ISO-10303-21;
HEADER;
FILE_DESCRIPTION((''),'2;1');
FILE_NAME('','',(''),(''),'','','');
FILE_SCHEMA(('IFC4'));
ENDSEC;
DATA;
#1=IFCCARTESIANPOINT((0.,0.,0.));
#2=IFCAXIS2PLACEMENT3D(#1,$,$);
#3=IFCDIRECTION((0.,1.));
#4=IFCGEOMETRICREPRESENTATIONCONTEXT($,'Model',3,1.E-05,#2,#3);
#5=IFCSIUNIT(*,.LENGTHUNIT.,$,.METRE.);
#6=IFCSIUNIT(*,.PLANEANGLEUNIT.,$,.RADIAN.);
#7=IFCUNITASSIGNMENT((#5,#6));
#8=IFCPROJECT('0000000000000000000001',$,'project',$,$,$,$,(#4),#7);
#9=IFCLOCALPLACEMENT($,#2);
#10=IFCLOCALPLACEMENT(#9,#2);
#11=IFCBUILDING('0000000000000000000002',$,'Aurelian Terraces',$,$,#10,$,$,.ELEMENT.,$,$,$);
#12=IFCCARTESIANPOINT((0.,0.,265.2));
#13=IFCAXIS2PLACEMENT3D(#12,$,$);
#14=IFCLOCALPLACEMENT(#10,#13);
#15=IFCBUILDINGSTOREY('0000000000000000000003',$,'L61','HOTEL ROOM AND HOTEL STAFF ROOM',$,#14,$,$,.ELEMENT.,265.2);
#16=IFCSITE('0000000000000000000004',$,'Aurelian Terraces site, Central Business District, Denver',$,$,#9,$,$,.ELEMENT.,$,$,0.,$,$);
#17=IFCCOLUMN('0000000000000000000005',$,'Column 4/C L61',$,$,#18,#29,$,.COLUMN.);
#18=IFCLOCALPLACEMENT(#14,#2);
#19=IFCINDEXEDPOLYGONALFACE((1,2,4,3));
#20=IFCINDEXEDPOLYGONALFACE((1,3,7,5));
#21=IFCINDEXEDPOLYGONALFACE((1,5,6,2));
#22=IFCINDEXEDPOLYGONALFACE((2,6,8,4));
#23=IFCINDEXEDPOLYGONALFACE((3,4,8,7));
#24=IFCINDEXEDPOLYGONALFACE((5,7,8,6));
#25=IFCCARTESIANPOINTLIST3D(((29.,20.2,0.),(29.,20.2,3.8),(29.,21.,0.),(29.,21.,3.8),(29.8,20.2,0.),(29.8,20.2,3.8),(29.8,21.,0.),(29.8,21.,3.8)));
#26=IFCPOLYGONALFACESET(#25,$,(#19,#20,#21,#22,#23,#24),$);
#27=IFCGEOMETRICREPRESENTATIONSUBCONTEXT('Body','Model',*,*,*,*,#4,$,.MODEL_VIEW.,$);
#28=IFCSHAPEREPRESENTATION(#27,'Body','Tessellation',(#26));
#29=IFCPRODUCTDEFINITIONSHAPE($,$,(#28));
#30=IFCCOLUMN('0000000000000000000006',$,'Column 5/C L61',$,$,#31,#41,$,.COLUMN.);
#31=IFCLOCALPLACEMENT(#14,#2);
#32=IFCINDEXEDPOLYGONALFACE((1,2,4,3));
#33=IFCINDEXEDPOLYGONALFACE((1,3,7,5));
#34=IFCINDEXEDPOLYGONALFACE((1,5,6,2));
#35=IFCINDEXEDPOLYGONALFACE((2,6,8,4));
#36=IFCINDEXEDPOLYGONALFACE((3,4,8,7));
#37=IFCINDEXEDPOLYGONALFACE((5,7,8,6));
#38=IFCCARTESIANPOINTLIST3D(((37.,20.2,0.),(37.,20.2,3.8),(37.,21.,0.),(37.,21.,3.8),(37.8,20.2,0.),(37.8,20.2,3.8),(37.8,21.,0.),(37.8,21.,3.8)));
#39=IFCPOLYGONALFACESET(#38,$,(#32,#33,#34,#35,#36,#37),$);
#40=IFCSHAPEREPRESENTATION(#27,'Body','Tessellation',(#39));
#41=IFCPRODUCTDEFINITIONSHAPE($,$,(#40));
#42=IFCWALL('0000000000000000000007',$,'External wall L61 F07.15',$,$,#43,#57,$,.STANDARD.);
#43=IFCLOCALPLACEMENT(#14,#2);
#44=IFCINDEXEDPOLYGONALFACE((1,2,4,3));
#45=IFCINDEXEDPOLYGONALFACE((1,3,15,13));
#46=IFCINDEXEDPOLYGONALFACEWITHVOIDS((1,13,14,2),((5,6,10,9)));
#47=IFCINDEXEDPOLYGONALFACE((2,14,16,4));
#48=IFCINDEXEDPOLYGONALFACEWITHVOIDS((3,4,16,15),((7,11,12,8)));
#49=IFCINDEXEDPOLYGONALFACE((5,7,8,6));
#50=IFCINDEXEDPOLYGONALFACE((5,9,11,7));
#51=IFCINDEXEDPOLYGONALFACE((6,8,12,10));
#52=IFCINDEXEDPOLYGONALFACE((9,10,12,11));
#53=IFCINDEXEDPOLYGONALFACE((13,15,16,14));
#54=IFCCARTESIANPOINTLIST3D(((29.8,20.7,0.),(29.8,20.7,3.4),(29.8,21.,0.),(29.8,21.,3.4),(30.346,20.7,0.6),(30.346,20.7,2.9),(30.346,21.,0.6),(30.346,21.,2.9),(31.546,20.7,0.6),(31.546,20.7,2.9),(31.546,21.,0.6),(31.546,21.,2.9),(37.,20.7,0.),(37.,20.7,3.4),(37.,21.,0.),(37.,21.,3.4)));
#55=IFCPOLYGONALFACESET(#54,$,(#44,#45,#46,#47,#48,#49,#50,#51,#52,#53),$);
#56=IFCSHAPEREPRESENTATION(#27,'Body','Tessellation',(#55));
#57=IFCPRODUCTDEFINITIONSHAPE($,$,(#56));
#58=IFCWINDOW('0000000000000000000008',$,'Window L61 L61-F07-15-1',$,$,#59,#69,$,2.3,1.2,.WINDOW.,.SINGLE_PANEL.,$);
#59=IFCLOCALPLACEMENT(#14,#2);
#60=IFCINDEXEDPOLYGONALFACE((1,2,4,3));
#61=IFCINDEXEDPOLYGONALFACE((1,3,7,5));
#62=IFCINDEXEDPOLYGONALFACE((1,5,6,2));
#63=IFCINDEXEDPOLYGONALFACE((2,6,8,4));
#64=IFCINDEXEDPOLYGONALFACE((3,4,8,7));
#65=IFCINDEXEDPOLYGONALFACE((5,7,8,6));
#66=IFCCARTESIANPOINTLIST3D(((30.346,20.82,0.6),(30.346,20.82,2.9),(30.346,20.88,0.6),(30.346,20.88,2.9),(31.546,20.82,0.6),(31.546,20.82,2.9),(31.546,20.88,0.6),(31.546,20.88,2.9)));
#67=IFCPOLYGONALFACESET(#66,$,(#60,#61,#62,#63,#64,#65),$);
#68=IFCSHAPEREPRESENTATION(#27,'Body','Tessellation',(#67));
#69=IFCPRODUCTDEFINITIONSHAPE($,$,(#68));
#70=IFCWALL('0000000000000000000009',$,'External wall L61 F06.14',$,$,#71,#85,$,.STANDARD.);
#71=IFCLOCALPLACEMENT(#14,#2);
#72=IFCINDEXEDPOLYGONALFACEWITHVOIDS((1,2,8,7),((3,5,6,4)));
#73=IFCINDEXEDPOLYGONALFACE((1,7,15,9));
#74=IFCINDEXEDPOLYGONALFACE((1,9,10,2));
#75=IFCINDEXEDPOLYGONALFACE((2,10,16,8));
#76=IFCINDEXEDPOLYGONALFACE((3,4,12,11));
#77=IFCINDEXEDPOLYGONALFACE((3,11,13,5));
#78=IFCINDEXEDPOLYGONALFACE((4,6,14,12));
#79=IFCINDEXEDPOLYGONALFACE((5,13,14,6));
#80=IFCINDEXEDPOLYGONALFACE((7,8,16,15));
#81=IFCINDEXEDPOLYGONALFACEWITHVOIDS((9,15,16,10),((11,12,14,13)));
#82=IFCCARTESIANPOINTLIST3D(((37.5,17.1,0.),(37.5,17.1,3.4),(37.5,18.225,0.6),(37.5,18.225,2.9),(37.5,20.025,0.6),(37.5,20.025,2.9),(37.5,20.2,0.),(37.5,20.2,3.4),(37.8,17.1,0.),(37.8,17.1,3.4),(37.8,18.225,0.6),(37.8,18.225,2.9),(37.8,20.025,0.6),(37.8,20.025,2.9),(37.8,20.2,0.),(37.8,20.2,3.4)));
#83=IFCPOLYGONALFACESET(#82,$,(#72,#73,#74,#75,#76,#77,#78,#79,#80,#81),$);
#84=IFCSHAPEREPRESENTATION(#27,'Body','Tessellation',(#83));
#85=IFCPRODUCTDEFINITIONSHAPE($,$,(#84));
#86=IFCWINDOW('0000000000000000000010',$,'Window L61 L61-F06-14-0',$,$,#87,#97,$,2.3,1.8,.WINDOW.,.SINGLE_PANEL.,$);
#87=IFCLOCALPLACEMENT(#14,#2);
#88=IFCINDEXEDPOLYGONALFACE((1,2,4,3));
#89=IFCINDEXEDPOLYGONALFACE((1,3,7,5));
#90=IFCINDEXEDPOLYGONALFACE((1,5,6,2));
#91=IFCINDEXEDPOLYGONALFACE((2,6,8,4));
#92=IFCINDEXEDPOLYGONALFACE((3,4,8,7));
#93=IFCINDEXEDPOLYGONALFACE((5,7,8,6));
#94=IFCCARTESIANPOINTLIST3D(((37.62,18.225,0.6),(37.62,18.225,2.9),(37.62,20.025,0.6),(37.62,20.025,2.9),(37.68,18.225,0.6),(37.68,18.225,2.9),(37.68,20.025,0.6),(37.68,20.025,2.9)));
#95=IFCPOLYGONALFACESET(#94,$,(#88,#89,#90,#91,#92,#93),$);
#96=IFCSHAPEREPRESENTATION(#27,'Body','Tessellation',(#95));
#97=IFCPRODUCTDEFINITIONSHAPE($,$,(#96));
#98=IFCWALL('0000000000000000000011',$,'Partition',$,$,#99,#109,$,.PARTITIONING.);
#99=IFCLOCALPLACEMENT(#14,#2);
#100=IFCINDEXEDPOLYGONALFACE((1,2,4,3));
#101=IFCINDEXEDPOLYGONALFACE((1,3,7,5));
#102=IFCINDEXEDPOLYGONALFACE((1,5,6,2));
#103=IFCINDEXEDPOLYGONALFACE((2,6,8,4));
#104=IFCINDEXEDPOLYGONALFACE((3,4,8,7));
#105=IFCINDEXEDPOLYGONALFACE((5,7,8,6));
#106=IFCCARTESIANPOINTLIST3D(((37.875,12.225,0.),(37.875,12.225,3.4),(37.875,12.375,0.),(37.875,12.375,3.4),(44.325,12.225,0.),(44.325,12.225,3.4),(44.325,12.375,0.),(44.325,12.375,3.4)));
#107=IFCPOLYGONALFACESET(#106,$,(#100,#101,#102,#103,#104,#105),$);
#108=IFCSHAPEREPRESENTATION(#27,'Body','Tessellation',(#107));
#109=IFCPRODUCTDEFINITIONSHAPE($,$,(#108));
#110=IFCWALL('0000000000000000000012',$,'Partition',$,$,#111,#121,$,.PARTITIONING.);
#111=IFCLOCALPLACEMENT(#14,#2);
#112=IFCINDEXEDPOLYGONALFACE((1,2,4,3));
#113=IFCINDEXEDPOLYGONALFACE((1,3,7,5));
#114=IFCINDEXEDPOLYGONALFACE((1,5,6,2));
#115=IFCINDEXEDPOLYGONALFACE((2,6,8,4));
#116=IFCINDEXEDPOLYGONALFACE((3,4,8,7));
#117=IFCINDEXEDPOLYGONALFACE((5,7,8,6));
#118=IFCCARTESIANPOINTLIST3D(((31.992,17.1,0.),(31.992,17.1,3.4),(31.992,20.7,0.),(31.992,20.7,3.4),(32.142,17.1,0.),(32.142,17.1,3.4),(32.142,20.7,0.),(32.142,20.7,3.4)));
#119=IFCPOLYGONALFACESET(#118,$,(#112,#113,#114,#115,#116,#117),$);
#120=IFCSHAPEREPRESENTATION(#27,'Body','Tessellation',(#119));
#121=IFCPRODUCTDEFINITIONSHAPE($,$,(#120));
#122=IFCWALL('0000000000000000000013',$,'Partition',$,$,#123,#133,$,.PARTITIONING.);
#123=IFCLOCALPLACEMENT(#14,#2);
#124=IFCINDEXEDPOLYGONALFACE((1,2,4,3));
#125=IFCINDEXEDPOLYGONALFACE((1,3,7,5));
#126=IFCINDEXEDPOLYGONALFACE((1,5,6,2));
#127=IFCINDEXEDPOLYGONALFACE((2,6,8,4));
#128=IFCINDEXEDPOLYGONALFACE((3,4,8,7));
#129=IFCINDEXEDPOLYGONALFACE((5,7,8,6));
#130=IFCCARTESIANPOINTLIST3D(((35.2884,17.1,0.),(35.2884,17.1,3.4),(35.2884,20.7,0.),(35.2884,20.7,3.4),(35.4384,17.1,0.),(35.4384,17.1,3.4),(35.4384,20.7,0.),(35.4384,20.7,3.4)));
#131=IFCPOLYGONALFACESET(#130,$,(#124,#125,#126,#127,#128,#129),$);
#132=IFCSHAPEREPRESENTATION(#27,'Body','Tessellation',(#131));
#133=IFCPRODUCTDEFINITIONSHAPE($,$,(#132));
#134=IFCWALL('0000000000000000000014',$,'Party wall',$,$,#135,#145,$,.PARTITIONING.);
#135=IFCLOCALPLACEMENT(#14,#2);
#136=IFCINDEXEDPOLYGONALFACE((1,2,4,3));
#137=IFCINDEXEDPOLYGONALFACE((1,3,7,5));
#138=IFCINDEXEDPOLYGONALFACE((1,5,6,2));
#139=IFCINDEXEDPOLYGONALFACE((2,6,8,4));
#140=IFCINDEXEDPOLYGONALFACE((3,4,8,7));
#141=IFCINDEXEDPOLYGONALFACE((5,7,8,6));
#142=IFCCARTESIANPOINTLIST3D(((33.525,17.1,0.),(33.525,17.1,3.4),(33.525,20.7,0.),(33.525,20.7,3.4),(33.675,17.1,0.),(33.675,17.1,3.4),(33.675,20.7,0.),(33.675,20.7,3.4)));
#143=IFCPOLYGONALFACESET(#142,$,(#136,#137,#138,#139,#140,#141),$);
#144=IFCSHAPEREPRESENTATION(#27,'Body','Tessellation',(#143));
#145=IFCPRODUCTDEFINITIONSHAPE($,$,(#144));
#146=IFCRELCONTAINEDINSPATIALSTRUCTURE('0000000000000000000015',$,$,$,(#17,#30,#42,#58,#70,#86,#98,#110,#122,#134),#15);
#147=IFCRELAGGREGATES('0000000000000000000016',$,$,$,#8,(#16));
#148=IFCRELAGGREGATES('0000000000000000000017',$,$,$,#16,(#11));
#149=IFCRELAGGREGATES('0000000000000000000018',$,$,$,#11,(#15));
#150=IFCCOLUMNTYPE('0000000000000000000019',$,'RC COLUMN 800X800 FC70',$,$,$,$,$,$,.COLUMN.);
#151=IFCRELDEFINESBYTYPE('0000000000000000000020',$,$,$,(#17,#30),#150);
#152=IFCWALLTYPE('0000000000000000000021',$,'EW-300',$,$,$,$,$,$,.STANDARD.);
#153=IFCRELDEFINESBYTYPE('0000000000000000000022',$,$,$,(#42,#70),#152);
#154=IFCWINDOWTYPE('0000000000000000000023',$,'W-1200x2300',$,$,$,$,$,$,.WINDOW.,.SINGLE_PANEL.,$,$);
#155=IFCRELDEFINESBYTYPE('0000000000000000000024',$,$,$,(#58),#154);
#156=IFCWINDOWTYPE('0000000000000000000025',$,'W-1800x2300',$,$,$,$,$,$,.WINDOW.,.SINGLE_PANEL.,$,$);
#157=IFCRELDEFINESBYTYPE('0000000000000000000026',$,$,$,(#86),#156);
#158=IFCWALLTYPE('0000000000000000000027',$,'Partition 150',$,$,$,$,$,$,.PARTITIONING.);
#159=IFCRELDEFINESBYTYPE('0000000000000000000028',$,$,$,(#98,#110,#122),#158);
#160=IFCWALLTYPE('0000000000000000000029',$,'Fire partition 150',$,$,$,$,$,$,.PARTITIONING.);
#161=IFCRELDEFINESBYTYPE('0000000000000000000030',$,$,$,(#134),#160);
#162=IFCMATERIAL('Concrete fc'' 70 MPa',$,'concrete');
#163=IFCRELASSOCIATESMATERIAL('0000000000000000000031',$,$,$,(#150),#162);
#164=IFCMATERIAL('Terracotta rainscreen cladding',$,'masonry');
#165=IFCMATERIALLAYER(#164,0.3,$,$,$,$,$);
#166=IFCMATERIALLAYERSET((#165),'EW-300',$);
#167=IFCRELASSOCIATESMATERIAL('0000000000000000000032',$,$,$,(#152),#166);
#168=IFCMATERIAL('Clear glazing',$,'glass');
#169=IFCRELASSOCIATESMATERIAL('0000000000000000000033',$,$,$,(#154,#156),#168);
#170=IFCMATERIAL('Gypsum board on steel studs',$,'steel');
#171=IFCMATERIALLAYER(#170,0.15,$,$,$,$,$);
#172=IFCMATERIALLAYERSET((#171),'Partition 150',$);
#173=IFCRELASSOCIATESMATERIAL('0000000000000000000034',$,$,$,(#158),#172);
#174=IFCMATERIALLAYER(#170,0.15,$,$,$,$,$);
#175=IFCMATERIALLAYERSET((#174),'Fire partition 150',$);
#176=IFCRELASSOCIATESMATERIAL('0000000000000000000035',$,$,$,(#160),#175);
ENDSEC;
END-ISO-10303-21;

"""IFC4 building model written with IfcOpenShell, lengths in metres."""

from ifc_helpers import new_model, si_unit, direction, frame, frame_2d, origin, origin_2d, place, context, subcontext, project, spatial, rectangle, extrude, source, transform, mapped, material, layer, layer_set, material_profile, profile_set, type_object, element, fill, save


model = new_model("IFC4")

# Units and contexts
model_context = context("Model", 3, precision=1e-05, world=origin(), true_north=direction((0.0, 1.0)))
body_context = subcontext(model_context, "Body", "Model", "MODEL_VIEW")
ifc_project = project(units=[si_unit("LENGTHUNIT", "METRE"), si_unit("PLANEANGLEUNIT", "RADIAN")], contexts=[model_context])

# Site, building, storey
site_placement = place(None, origin())
site = spatial("IfcSite", under=ifc_project, at=site_placement, Name="Aurelian Terraces site, Central Business District, Denver", CompositionType="ELEMENT", RefElevation=0.0)
building_placement = place(site_placement, origin())
building = spatial("IfcBuilding", under=site, at=building_placement, Name="Aurelian Terraces", CompositionType="ELEMENT")
storey_placement = place(building_placement, frame((0.0, 0.0, 265.2)))
storey = spatial("IfcBuildingStorey", under=building, at=storey_placement, Name="L61", Description="HOTEL ROOM AND HOTEL STAFF ROOM", CompositionType="ELEMENT", Elevation=265.2)

# Columns
ifc_material_1 = material(Name="Concrete fc' 70 MPa", Category="concrete")
ifc_material_profile = material_profile(ifc_material_1, rectangle(XDim=0.8, YDim=0.8, at=origin_2d()))
ifc_profile_set = profile_set([ifc_material_profile], Name="Concrete fc' 70 MPa")
column_type = type_object("IfcColumnType", Name="RC COLUMN 800X800 FC70", PredefinedType="COLUMN", material=ifc_profile_set)
shared_shape_1 = source(origin(), body_context, "Body", "SweptSolid", [
    extrude(rectangle(XDim=0.8, YDim=0.8, at=origin_2d()), origin(), (0.0, 0.0, 1.0), 3.8),
])
for number, where, z_axis, x_axis, name in (
    (1, (29.4, 20.6, 0.0), (0.0, 0.0, 1.0), (1.0, 0.0, 0.0), "Column 4/C L61"),
    (2, (37.4, 20.6, 0.0), (0.0, 0.0, 1.0), (1.0, 0.0, 0.0), "Column 5/C L61"),
):
    element("IfcColumn", number, at=place(storey_placement, frame(where, z_axis=z_axis, x_axis=x_axis)), inside=storey, type_object=column_type, Name=name, PredefinedType="COLUMN", context=body_context, shape_type="MappedRepresentation", body=[
        mapped(shared_shape_1, transform((0.0, 0.0, 0.0), scale=1.0)),
    ])

# Walls, openings, windows
ifc_material_2 = material(Name="Terracotta rainscreen cladding", Category="masonry")
ifc_layer_1 = layer(ifc_material_2, 0.3)
ifc_layer_set_1 = layer_set([ifc_layer_1], Name="EW-300")
wall_type_1 = type_object("IfcWallType", Name="EW-300", PredefinedType="STANDARD", material=ifc_layer_set_1)
shared_shape_2 = source(origin(), body_context, "Body", "SweptSolid", [
    extrude(rectangle(XDim=7.2, YDim=0.3, at=frame_2d((3.6, 0.0))), origin(), (0.0, 0.0, 1.0), 3.4),
])
wall_1_placement = place(storey_placement, frame((37.0, 20.85, 0.0), z_axis=(0.0, 0.0, 1.0), x_axis=(-1.0, 0.0, 0.0)))
wall_1 = element("IfcWall", 3, at=wall_1_placement, inside=storey, type_object=wall_type_1, Name="External wall L61 F07.15", PredefinedType="STANDARD", context=body_context, shape_type="MappedRepresentation", body=[
    mapped(shared_shape_2, transform((0.0, 0.0, 0.0), scale=1.0)),
])
shared_shape_3 = source(origin(), body_context, "Body", "SweptSolid", [
    extrude(rectangle(XDim=1.2, YDim=2.3, at=frame_2d((0.6, 1.15))), frame((0.0, 0.16, 0.0), z_axis=(0.0, -1.0, 0.0), x_axis=(1.0, 0.0, 0.0)), (0.0, 0.0, 1.0), 0.32),
])
opening_1_placement = place(wall_1_placement, frame((5.454, 0.0, 0.6)))
opening_1 = element("IfcOpeningElement", 4, at=opening_1_placement, cuts=wall_1, PredefinedType="OPENING", context=body_context, shape_type="MappedRepresentation", body=[
    mapped(shared_shape_3, transform((0.0, 0.0, 0.0), scale=1.0)),
])
ifc_material_3 = material(Name="Clear glazing", Category="glass")
window_type_1 = type_object("IfcWindowType", Name="W-1200x2300", PartitioningType="SINGLE_PANEL", PredefinedType="WINDOW", material=ifc_material_3)
shared_shape_4 = source(origin(), body_context, "Body", "SweptSolid", [
    extrude(rectangle(XDim=1.2, YDim=2.3, at=frame_2d((0.6, 1.15))), frame((0.0, 0.03, 0.0), z_axis=(0.0, -1.0, 0.0), x_axis=(1.0, 0.0, 0.0)), (0.0, 0.0, 1.0), 0.06),
])
window_1_placement = place(opening_1_placement, origin())
window_1 = element("IfcWindow", 5, at=window_1_placement, inside=storey, type_object=window_type_1, Name="Window L61 L61-F07-15-1", OverallHeight=2.3, OverallWidth=1.2, PartitioningType="SINGLE_PANEL", PredefinedType="WINDOW", context=body_context, shape_type="MappedRepresentation", body=[
    mapped(shared_shape_4, transform((0.0, 0.0, 0.0), scale=1.0)),
])
fill(opening_1, window_1)
shared_shape_5 = source(origin(), body_context, "Body", "SweptSolid", [
    extrude(rectangle(XDim=3.1, YDim=0.3, at=frame_2d((1.55, 0.0))), origin(), (0.0, 0.0, 1.0), 3.4),
])
wall_2_placement = place(storey_placement, frame((37.65, 17.1, 0.0), z_axis=(0.0, 0.0, 1.0), x_axis=(0.0, 1.0, 0.0)))
wall_2 = element("IfcWall", 6, at=wall_2_placement, inside=storey, type_object=wall_type_1, Name="External wall L61 F06.14", PredefinedType="STANDARD", context=body_context, shape_type="MappedRepresentation", body=[
    mapped(shared_shape_5, transform((0.0, 0.0, 0.0), scale=1.0)),
])
shared_shape_6 = source(origin(), body_context, "Body", "SweptSolid", [
    extrude(rectangle(XDim=1.8, YDim=2.3, at=frame_2d((0.9, 1.15))), frame((0.0, 0.16, 0.0), z_axis=(0.0, -1.0, 0.0), x_axis=(1.0, 0.0, 0.0)), (0.0, 0.0, 1.0), 0.32),
])
opening_2_placement = place(wall_2_placement, frame((1.125, 0.0, 0.6)))
opening_2 = element("IfcOpeningElement", 7, at=opening_2_placement, cuts=wall_2, PredefinedType="OPENING", context=body_context, shape_type="MappedRepresentation", body=[
    mapped(shared_shape_6, transform((0.0, 0.0, 0.0), scale=1.0)),
])
window_type_2 = type_object("IfcWindowType", Name="W-1800x2300", PartitioningType="SINGLE_PANEL", PredefinedType="WINDOW", material=ifc_material_3)
shared_shape_7 = source(origin(), body_context, "Body", "SweptSolid", [
    extrude(rectangle(XDim=1.8, YDim=2.3, at=frame_2d((0.9, 1.15))), frame((0.0, 0.03, 0.0), z_axis=(0.0, -1.0, 0.0), x_axis=(1.0, 0.0, 0.0)), (0.0, 0.0, 1.0), 0.06),
])
window_2_placement = place(opening_2_placement, origin())
window_2 = element("IfcWindow", 8, at=window_2_placement, inside=storey, type_object=window_type_2, Name="Window L61 L61-F06-14-0", OverallHeight=2.3, OverallWidth=1.8, PartitioningType="SINGLE_PANEL", PredefinedType="WINDOW", context=body_context, shape_type="MappedRepresentation", body=[
    mapped(shared_shape_7, transform((0.0, 0.0, 0.0), scale=1.0)),
])
fill(opening_2, window_2)

# Walls
ifc_material_4 = material(Name="Gypsum board on steel studs", Category="steel")
ifc_layer_2 = layer(ifc_material_4, 0.15)
ifc_layer_set_2 = layer_set([ifc_layer_2], Name="Partition 150")
wall_type_2 = type_object("IfcWallType", Name="Partition 150", PredefinedType="PARTITIONING", material=ifc_layer_set_2)
shared_shape_8 = source(origin(), body_context, "Body", "SweptSolid", [
    extrude(rectangle(XDim=6.45, YDim=0.15, at=frame_2d((3.225, 0.0))), origin(), (0.0, 0.0, 1.0), 3.4),
])
wall_3_placement = place(storey_placement, frame((37.875, 12.3, 0.0), z_axis=(0.0, 0.0, 1.0), x_axis=(1.0, 0.0, 0.0)))
element("IfcWall", 9, at=wall_3_placement, inside=storey, type_object=wall_type_2, Name="Partition", PredefinedType="PARTITIONING", context=body_context, shape_type="MappedRepresentation", body=[
    mapped(shared_shape_8, transform((0.0, 0.0, 0.0), scale=1.0)),
])
shared_shape_9 = source(origin(), body_context, "Body", "SweptSolid", [
    extrude(rectangle(XDim=3.6, YDim=0.15, at=frame_2d((1.8, 0.0))), origin(), (0.0, 0.0, 1.0), 3.4),
])
for number, where, z_axis, x_axis, name in (
    (10, (32.067, 20.7, 0.0), (0.0, 0.0, 1.0), (0.0, -1.0, 0.0), "Partition"),
    (11, (35.3634, 20.7, 0.0), (0.0, 0.0, 1.0), (0.0, -1.0, 0.0), "Partition"),
):
    element("IfcWall", number, at=place(storey_placement, frame(where, z_axis=z_axis, x_axis=x_axis)), inside=storey, type_object=wall_type_2, Name=name, PredefinedType="PARTITIONING", context=body_context, shape_type="MappedRepresentation", body=[
        mapped(shared_shape_9, transform((0.0, 0.0, 0.0), scale=1.0)),
    ])
ifc_layer_3 = layer(ifc_material_4, 0.15)
ifc_layer_set_3 = layer_set([ifc_layer_3], Name="Fire partition 150")
wall_type_3 = type_object("IfcWallType", Name="Fire partition 150", PredefinedType="PARTITIONING", material=ifc_layer_set_3)
wall_4_placement = place(storey_placement, frame((33.6, 17.1, 0.0), z_axis=(0.0, 0.0, 1.0), x_axis=(0.0, 1.0, 0.0)))
element("IfcWall", 12, at=wall_4_placement, inside=storey, type_object=wall_type_3, Name="Party wall", PredefinedType="PARTITIONING", context=body_context, shape_type="MappedRepresentation", body=[
    mapped(shared_shape_9, transform((0.0, 0.0, 0.0), scale=1.0)),
])

save(model, "model.ifc")
